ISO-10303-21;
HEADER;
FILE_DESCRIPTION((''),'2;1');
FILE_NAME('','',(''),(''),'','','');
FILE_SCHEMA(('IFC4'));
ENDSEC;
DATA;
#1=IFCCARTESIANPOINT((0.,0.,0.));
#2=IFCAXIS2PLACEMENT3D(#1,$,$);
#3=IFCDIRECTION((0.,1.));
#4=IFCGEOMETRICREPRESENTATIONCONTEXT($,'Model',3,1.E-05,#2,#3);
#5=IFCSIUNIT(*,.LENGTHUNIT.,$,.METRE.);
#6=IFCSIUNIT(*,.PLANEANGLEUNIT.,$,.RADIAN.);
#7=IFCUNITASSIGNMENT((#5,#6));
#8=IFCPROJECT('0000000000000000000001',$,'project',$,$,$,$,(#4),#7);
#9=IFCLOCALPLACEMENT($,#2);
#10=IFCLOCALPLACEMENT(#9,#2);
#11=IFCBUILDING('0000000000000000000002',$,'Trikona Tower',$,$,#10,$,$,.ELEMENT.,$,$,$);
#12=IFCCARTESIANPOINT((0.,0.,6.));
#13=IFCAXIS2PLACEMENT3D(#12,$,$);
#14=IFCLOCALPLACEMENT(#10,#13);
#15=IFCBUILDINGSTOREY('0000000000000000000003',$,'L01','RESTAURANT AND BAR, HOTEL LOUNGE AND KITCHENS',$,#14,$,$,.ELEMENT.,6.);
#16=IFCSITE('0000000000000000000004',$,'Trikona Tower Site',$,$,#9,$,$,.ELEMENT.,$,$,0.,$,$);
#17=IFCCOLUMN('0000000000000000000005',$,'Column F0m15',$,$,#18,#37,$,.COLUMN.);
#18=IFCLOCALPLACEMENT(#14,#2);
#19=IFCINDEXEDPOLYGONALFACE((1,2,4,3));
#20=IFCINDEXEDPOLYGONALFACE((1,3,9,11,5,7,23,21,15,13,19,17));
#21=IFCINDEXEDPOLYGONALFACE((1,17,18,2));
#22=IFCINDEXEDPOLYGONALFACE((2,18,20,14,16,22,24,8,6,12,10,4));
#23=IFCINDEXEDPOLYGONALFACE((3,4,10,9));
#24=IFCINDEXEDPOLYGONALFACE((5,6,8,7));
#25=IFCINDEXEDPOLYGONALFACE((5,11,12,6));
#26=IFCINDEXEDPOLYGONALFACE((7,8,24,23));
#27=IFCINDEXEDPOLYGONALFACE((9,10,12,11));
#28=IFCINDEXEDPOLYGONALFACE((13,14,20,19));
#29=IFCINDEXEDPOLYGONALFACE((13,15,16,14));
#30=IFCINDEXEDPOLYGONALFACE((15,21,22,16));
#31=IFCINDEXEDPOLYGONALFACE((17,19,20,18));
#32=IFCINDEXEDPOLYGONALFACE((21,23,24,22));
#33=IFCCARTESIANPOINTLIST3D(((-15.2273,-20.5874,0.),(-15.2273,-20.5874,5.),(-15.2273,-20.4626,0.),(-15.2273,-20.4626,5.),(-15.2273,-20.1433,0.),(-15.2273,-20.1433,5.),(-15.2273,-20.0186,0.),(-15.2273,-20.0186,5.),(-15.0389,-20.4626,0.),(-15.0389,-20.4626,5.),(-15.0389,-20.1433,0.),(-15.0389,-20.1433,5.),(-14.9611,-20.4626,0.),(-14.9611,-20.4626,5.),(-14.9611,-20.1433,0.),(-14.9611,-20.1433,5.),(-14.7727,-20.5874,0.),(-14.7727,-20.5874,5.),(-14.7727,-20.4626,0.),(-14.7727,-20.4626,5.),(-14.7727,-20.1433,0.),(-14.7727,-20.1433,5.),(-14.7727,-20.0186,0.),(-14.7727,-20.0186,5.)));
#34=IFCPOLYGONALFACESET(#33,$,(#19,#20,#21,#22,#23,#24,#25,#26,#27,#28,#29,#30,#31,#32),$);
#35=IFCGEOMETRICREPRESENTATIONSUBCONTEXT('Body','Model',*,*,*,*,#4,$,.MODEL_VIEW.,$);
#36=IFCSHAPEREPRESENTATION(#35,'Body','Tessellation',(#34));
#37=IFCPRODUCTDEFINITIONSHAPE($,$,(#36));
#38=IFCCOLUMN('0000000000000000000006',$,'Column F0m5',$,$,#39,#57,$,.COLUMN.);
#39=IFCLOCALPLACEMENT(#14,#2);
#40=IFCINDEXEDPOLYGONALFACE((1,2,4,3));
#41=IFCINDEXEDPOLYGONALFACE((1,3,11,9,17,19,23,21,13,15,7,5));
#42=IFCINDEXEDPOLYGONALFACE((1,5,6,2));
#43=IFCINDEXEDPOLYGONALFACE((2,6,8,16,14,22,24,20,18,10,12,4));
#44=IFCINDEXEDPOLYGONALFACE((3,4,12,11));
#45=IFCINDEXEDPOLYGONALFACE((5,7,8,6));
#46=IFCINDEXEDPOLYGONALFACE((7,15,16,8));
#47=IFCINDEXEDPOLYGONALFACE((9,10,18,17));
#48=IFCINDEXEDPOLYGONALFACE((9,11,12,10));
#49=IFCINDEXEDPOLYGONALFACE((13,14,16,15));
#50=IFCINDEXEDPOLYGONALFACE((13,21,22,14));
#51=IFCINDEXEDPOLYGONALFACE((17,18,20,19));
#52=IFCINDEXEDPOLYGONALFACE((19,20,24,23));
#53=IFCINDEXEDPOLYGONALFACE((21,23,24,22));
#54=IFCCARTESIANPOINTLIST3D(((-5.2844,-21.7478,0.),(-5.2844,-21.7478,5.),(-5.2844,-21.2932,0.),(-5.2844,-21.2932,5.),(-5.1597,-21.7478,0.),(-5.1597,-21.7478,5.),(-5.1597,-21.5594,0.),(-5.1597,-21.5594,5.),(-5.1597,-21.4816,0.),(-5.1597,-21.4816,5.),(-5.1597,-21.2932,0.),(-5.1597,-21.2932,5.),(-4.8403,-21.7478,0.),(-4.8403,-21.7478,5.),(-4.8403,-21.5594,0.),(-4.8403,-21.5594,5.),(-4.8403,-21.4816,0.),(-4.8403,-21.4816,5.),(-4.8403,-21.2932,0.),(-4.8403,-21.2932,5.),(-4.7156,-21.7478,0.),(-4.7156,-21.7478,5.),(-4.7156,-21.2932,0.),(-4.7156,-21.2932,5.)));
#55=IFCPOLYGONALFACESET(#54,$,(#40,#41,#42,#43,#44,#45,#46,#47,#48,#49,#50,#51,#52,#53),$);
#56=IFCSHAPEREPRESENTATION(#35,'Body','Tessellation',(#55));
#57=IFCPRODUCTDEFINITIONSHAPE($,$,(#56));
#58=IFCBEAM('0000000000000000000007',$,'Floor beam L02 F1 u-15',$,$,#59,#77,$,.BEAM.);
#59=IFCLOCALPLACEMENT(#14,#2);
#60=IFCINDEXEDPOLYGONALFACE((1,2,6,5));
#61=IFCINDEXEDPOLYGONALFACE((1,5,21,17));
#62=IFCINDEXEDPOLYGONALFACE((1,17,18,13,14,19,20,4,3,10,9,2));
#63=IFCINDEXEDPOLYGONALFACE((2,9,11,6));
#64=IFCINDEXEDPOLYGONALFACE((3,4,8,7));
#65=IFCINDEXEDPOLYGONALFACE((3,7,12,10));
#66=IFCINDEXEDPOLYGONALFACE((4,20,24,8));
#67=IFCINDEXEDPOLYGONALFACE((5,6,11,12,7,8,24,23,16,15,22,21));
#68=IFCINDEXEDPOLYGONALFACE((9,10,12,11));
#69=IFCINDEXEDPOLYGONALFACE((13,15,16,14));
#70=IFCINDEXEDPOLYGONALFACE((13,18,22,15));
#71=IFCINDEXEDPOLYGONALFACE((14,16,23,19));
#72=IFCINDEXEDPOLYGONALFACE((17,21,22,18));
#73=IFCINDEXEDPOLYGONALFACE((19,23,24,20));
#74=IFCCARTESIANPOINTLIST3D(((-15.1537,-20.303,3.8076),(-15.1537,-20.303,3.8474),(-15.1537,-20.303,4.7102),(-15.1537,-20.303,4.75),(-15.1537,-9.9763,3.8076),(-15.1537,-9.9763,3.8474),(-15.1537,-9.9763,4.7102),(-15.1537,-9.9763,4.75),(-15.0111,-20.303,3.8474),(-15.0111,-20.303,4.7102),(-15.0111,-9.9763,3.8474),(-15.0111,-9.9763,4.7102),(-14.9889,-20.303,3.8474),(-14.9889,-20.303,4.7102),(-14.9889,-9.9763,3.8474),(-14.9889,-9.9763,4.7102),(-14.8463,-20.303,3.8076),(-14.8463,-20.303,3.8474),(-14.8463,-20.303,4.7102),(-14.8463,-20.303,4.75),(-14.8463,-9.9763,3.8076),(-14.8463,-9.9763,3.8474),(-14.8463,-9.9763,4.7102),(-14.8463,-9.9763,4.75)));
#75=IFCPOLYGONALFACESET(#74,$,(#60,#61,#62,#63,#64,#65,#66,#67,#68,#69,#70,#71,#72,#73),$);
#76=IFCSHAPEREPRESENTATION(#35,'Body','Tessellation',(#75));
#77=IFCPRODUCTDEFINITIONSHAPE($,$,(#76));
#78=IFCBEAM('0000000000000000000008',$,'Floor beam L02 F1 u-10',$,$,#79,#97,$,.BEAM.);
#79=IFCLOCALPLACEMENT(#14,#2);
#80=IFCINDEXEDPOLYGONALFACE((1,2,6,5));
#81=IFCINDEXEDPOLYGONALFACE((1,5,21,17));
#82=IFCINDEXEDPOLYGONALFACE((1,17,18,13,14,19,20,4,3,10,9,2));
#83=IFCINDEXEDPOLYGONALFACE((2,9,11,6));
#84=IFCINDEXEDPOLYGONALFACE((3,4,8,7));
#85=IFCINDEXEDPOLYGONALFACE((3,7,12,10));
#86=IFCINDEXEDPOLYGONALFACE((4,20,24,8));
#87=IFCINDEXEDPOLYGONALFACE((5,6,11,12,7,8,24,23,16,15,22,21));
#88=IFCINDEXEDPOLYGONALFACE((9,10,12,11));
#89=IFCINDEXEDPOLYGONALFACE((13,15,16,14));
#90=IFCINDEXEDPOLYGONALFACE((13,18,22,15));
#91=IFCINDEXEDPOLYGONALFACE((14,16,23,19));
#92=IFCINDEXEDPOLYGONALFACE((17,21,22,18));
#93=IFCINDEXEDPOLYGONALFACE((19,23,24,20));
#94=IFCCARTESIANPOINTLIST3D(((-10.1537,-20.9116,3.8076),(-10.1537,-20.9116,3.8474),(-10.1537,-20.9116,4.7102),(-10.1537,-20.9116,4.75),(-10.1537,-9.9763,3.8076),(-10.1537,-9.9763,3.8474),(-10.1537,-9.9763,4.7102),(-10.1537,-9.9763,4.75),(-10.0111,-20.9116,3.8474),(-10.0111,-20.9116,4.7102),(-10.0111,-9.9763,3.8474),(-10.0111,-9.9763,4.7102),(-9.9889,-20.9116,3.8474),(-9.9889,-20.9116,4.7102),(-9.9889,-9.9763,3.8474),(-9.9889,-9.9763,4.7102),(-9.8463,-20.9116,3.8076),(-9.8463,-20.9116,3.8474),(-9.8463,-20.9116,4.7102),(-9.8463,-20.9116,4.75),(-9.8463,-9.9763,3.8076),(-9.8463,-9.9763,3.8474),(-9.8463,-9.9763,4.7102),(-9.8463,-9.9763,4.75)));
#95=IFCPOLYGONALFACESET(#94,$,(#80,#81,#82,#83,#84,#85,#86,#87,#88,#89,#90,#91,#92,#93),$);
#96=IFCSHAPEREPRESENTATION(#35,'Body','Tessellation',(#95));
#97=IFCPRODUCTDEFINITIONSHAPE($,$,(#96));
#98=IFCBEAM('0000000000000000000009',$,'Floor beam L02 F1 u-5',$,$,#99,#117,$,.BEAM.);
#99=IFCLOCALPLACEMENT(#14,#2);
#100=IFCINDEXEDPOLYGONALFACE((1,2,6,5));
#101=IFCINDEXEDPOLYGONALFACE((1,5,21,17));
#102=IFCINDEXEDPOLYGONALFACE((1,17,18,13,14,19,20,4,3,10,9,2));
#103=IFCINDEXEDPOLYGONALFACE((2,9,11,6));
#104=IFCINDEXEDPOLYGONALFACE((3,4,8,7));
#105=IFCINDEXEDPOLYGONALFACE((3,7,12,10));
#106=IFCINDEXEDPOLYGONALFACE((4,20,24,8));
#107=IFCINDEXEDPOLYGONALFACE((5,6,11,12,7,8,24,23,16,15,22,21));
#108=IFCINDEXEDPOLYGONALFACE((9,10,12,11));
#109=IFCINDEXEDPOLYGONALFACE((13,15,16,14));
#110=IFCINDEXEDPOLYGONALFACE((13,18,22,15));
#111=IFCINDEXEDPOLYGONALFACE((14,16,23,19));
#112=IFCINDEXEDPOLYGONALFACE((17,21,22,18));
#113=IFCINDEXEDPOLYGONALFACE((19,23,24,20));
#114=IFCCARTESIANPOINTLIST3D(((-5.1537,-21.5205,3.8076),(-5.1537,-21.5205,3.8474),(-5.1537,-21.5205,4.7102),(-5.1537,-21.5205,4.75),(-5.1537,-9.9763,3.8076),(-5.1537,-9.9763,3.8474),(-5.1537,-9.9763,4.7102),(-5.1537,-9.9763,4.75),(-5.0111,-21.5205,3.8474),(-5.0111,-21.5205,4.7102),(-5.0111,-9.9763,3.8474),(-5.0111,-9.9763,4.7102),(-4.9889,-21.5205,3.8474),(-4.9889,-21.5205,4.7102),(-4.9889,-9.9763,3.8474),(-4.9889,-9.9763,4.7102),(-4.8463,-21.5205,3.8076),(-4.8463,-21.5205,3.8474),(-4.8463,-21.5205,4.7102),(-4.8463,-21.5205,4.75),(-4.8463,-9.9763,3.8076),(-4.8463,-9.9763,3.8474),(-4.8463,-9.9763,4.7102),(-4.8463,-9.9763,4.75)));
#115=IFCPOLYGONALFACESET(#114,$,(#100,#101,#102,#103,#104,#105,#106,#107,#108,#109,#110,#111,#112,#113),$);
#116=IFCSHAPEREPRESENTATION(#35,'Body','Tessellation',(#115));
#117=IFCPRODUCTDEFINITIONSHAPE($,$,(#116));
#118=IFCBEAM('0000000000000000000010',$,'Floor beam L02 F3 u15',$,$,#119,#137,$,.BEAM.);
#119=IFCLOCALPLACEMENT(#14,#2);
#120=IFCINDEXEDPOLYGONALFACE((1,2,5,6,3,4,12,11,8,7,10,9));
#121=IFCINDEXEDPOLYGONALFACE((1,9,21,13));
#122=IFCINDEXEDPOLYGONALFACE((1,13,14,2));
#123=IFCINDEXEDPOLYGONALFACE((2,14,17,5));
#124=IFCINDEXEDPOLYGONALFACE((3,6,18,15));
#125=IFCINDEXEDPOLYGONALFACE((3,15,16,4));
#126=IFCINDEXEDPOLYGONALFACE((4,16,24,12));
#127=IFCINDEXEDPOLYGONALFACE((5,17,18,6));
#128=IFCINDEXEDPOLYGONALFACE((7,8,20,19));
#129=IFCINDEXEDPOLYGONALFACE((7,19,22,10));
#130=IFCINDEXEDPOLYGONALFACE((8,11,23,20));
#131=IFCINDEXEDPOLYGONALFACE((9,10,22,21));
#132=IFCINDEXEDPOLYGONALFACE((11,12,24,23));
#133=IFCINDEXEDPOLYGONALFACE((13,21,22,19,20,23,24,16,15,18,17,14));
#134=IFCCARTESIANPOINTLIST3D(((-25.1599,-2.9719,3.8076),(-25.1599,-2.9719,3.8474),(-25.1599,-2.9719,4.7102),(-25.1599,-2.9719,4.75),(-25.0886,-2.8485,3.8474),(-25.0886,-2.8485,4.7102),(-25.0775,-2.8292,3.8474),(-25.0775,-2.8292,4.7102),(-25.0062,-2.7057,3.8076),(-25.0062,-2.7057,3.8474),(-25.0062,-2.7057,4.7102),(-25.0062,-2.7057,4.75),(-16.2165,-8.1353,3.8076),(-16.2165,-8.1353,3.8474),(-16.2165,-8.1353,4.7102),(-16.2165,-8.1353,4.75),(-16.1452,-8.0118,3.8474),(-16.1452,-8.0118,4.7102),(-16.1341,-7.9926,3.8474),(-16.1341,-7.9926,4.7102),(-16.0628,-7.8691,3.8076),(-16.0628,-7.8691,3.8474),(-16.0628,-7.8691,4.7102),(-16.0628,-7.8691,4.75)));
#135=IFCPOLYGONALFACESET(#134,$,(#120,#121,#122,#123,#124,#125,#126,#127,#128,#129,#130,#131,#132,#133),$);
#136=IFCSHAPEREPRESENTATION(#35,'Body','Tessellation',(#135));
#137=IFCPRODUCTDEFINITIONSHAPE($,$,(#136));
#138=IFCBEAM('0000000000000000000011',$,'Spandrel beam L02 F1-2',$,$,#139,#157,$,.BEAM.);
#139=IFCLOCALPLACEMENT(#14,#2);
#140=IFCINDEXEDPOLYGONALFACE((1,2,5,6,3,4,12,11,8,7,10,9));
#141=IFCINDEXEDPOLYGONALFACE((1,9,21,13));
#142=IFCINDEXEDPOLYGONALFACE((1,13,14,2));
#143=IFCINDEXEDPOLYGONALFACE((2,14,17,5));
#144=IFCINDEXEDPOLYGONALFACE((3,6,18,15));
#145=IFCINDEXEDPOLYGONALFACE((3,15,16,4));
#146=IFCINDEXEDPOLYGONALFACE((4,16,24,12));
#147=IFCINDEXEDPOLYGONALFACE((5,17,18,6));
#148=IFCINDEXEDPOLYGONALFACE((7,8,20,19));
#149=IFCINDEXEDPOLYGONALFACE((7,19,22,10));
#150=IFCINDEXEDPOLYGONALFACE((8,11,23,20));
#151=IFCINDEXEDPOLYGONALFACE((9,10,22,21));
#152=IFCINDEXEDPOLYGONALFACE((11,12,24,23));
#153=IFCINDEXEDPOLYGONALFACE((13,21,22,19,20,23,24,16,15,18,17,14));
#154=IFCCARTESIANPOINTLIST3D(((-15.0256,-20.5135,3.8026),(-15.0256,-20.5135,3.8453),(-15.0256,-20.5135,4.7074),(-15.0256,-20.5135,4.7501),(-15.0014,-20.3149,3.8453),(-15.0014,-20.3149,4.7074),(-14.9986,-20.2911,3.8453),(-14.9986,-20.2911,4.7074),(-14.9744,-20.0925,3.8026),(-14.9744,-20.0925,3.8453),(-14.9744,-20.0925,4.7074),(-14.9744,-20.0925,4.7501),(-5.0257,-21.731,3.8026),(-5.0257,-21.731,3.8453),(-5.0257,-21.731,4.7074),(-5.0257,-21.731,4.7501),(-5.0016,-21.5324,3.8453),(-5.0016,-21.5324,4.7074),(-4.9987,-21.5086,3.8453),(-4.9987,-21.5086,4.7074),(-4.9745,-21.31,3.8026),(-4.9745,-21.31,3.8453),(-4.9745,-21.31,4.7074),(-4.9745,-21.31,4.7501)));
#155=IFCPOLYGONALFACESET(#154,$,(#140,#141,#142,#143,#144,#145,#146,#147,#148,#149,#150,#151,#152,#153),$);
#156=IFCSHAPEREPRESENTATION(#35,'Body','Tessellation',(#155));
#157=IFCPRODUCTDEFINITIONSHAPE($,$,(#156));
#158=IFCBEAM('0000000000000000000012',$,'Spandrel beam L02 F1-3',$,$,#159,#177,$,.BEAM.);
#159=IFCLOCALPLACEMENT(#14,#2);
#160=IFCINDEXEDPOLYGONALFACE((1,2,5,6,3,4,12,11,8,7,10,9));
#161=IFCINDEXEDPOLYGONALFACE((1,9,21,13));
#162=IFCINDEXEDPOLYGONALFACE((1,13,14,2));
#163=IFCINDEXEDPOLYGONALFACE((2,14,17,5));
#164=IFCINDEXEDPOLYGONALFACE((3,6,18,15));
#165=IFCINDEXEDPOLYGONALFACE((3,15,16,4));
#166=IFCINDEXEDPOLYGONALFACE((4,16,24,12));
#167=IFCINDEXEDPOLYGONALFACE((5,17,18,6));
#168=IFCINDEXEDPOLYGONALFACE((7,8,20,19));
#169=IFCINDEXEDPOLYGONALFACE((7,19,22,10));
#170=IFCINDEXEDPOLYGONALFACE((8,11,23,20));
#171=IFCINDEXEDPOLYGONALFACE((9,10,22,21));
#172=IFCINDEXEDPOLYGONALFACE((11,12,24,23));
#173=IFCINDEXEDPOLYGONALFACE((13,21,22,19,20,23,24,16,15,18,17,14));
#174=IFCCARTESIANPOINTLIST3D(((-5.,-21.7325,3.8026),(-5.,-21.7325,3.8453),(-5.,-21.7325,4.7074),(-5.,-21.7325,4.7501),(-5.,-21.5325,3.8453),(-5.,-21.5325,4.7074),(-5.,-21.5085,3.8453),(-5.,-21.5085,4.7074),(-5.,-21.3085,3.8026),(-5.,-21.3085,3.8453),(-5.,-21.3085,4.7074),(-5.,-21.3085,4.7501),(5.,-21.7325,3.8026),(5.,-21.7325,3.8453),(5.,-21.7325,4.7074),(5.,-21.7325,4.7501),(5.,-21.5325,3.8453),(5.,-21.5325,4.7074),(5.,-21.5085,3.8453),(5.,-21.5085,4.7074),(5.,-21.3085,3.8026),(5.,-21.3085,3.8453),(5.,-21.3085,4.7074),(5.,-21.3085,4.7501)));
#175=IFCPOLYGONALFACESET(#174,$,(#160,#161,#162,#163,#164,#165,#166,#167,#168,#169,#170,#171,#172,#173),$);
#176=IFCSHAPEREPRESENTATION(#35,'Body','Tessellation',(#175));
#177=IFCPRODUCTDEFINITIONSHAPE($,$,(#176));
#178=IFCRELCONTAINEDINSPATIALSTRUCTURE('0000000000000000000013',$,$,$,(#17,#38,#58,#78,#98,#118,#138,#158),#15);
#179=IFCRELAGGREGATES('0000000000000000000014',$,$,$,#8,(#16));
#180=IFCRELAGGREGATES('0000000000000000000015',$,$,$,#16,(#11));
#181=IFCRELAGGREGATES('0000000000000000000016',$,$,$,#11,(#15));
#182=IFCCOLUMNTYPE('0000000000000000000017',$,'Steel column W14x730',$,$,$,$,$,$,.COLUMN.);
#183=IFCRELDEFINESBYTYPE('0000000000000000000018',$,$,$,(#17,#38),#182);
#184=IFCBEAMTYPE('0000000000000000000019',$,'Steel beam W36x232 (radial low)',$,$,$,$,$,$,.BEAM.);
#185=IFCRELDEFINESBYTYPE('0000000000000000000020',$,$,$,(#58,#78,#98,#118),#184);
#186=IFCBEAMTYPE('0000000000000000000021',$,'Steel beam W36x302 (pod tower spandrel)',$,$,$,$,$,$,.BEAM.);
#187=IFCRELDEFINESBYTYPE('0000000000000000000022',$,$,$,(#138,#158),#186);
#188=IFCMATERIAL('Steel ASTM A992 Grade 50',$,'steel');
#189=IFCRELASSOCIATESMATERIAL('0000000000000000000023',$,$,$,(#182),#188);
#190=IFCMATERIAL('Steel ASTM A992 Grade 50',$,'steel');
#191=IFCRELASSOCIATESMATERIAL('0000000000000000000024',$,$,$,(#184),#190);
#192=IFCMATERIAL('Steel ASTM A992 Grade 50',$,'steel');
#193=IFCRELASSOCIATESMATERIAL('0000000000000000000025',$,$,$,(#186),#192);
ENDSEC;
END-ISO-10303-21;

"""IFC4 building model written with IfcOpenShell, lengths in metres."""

from ifc_helpers import new_model, si_unit, direction, frame, origin, origin_2d, place, context, subcontext, project, spatial, i_section, extrude, material, material_profile, profile_set, type_object, element, save


model = new_model("IFC4")

# Units and contexts
model_context = context("Model", 3, precision=1e-05, world=origin(), true_north=direction((0.0, 1.0)))
body_context = subcontext(model_context, "Body", "Model", "MODEL_VIEW")
ifc_project = project(units=[si_unit("LENGTHUNIT", "METRE"), si_unit("PLANEANGLEUNIT", "RADIAN")], contexts=[model_context])

# Site, building, storey
site_placement = place(None, origin())
site = spatial("IfcSite", under=ifc_project, at=site_placement, Name="Trikona Tower Site", CompositionType="ELEMENT", RefElevation=0.0)
building_placement = place(site_placement, origin())
building = spatial("IfcBuilding", under=site, at=building_placement, Name="Trikona Tower", CompositionType="ELEMENT")
storey_placement = place(building_placement, frame((0.0, 0.0, 6.0)))
storey = spatial("IfcBuildingStorey", under=building, at=storey_placement, Name="L01", Description="RESTAURANT AND BAR, HOTEL LOUNGE AND KITCHENS", CompositionType="ELEMENT", Elevation=6.0)

# Columns
ifc_material_1 = material(Name="Steel ASTM A992 Grade 50", Category="steel")
ifc_material_profile_1 = material_profile(ifc_material_1, i_section(OverallWidth=0.4546, OverallDepth=0.5688, WebThickness=0.0779, FlangeThickness=0.1248, at=origin_2d()), Name="W14X730")
ifc_profile_set_1 = profile_set([ifc_material_profile_1], Name="Steel ASTM A992 Grade 50")
column_type = type_object("IfcColumnType", Name="Steel column W14x730", PredefinedType="COLUMN", material=ifc_profile_set_1)
for number, where, z_axis, x_axis, name in (
    (1, (-15.0, -20.303, 0.0), (0.0, 0.0, 1.0), (1.0, 0.0, 0.0), "Column F0m15"),
    (2, (-5.0, -21.5205, 0.0), (0.0, 0.0, 1.0), (0.0, -1.0, 0.0), "Column F0m5"),
):
    element("IfcColumn", number, at=place(storey_placement, frame(where, z_axis=z_axis, x_axis=x_axis)), inside=storey, type_object=column_type, Name=name, PredefinedType="COLUMN", context=body_context, shape_type="SweptSolid", body=[
        extrude(i_section(OverallWidth=0.4546, OverallDepth=0.5688, WebThickness=0.0779, FlangeThickness=0.1248, at=origin_2d()), origin(), (0.0, 0.0, 1.0), 5.0),
    ])

# Beams
ifc_material_2 = material(Name="Steel ASTM A992 Grade 50", Category="steel")
ifc_material_profile_2 = material_profile(ifc_material_2, i_section(OverallWidth=0.3074, OverallDepth=0.9424, WebThickness=0.0222, FlangeThickness=0.0398, at=origin_2d()), Name="W36X232")
ifc_profile_set_2 = profile_set([ifc_material_profile_2], Name="Steel ASTM A992 Grade 50")
beam_type_1 = type_object("IfcBeamType", Name="Steel beam W36x232 (radial low)", PredefinedType="BEAM", material=ifc_profile_set_2)
beam_1_placement = place(storey_placement, frame((-15.0, -9.9763, 4.2788), z_axis=(0.0, -1.0, 0.0), x_axis=(1.0, 0.0, 0.0)))
element("IfcBeam", 3, at=beam_1_placement, inside=storey, type_object=beam_type_1, Name="Floor beam L02 F1 u-15", PredefinedType="BEAM", context=body_context, shape_type="SweptSolid", body=[
    extrude(i_section(OverallWidth=0.3074, OverallDepth=0.9424, WebThickness=0.0222, FlangeThickness=0.0398, at=origin_2d()), origin(), (0.0, 0.0, 1.0), 10.3267),
])
beam_2_placement = place(storey_placement, frame((-10.0, -9.9763, 4.2788), z_axis=(0.0, -1.0, 0.0), x_axis=(1.0, 0.0, 0.0)))
element("IfcBeam", 4, at=beam_2_placement, inside=storey, type_object=beam_type_1, Name="Floor beam L02 F1 u-10", PredefinedType="BEAM", context=body_context, shape_type="SweptSolid", body=[
    extrude(i_section(OverallWidth=0.3074, OverallDepth=0.9424, WebThickness=0.0222, FlangeThickness=0.0398, at=origin_2d()), origin(), (0.0, 0.0, 1.0), 10.9353),
])
beam_3_placement = place(storey_placement, frame((-5.0, -9.9763, 4.2788), z_axis=(0.0, -1.0, 0.0), x_axis=(1.0, 0.0, 0.0)))
element("IfcBeam", 5, at=beam_3_placement, inside=storey, type_object=beam_type_1, Name="Floor beam L02 F1 u-5", PredefinedType="BEAM", context=body_context, shape_type="SweptSolid", body=[
    extrude(i_section(OverallWidth=0.3074, OverallDepth=0.9424, WebThickness=0.0222, FlangeThickness=0.0398, at=origin_2d()), origin(), (0.0, 0.0, 1.0), 11.5442),
])
beam_4_placement = place(storey_placement, frame((-16.1396, -8.0022, 4.2788), z_axis=(-0.86603, 0.499991, 0.0), x_axis=(-0.499991, -0.86603, 0.0)))
element("IfcBeam", 6, at=beam_4_placement, inside=storey, type_object=beam_type_1, Name="Floor beam L02 F3 u15", PredefinedType="BEAM", context=body_context, shape_type="SweptSolid", body=[
    extrude(i_section(OverallWidth=0.3074, OverallDepth=0.9424, WebThickness=0.0222, FlangeThickness=0.0398, at=origin_2d()), origin(), (0.0, 0.0, 1.0), 10.3269),
])
ifc_material_3 = material(Name="Steel ASTM A992 Grade 50", Category="steel")
ifc_material_profile_3 = material_profile(ifc_material_3, i_section(OverallWidth=0.4241, OverallDepth=0.9475, WebThickness=0.0239, FlangeThickness=0.0427, at=origin_2d()), Name="W36X302")
ifc_profile_set_3 = profile_set([ifc_material_profile_3], Name="Steel ASTM A992 Grade 50")
beam_type_2 = type_object("IfcBeamType", Name="Steel beam W36x302 (pod tower spandrel)", PredefinedType="BEAM", material=ifc_profile_set_3)
beam_5_placement = place(storey_placement, frame((-15.0, -20.303, 4.2764), z_axis=(0.99267, -0.12086, 0.0), x_axis=(0.12086, 0.99267, 0.0)))
element("IfcBeam", 7, at=beam_5_placement, inside=storey, type_object=beam_type_2, Name="Spandrel beam L02 F1-2", PredefinedType="BEAM", context=body_context, shape_type="SweptSolid", body=[
    extrude(i_section(OverallWidth=0.4241, OverallDepth=0.9475, WebThickness=0.0239, FlangeThickness=0.0427, at=origin_2d()), origin(), (0.0, 0.0, 1.0), 10.0737),
])
beam_6_placement = place(storey_placement, frame((-5.0, -21.5205, 4.2764), z_axis=(1.0, 0.0, 0.0), x_axis=(0.0, 1.0, 0.0)))
element("IfcBeam", 8, at=beam_6_placement, inside=storey, type_object=beam_type_2, Name="Spandrel beam L02 F1-3", PredefinedType="BEAM", context=body_context, shape_type="SweptSolid", body=[
    extrude(i_section(OverallWidth=0.4241, OverallDepth=0.9475, WebThickness=0.0239, FlangeThickness=0.0427, at=origin_2d()), origin(), (0.0, 0.0, 1.0), 10.0),
])

save(model, "model.ifc")
